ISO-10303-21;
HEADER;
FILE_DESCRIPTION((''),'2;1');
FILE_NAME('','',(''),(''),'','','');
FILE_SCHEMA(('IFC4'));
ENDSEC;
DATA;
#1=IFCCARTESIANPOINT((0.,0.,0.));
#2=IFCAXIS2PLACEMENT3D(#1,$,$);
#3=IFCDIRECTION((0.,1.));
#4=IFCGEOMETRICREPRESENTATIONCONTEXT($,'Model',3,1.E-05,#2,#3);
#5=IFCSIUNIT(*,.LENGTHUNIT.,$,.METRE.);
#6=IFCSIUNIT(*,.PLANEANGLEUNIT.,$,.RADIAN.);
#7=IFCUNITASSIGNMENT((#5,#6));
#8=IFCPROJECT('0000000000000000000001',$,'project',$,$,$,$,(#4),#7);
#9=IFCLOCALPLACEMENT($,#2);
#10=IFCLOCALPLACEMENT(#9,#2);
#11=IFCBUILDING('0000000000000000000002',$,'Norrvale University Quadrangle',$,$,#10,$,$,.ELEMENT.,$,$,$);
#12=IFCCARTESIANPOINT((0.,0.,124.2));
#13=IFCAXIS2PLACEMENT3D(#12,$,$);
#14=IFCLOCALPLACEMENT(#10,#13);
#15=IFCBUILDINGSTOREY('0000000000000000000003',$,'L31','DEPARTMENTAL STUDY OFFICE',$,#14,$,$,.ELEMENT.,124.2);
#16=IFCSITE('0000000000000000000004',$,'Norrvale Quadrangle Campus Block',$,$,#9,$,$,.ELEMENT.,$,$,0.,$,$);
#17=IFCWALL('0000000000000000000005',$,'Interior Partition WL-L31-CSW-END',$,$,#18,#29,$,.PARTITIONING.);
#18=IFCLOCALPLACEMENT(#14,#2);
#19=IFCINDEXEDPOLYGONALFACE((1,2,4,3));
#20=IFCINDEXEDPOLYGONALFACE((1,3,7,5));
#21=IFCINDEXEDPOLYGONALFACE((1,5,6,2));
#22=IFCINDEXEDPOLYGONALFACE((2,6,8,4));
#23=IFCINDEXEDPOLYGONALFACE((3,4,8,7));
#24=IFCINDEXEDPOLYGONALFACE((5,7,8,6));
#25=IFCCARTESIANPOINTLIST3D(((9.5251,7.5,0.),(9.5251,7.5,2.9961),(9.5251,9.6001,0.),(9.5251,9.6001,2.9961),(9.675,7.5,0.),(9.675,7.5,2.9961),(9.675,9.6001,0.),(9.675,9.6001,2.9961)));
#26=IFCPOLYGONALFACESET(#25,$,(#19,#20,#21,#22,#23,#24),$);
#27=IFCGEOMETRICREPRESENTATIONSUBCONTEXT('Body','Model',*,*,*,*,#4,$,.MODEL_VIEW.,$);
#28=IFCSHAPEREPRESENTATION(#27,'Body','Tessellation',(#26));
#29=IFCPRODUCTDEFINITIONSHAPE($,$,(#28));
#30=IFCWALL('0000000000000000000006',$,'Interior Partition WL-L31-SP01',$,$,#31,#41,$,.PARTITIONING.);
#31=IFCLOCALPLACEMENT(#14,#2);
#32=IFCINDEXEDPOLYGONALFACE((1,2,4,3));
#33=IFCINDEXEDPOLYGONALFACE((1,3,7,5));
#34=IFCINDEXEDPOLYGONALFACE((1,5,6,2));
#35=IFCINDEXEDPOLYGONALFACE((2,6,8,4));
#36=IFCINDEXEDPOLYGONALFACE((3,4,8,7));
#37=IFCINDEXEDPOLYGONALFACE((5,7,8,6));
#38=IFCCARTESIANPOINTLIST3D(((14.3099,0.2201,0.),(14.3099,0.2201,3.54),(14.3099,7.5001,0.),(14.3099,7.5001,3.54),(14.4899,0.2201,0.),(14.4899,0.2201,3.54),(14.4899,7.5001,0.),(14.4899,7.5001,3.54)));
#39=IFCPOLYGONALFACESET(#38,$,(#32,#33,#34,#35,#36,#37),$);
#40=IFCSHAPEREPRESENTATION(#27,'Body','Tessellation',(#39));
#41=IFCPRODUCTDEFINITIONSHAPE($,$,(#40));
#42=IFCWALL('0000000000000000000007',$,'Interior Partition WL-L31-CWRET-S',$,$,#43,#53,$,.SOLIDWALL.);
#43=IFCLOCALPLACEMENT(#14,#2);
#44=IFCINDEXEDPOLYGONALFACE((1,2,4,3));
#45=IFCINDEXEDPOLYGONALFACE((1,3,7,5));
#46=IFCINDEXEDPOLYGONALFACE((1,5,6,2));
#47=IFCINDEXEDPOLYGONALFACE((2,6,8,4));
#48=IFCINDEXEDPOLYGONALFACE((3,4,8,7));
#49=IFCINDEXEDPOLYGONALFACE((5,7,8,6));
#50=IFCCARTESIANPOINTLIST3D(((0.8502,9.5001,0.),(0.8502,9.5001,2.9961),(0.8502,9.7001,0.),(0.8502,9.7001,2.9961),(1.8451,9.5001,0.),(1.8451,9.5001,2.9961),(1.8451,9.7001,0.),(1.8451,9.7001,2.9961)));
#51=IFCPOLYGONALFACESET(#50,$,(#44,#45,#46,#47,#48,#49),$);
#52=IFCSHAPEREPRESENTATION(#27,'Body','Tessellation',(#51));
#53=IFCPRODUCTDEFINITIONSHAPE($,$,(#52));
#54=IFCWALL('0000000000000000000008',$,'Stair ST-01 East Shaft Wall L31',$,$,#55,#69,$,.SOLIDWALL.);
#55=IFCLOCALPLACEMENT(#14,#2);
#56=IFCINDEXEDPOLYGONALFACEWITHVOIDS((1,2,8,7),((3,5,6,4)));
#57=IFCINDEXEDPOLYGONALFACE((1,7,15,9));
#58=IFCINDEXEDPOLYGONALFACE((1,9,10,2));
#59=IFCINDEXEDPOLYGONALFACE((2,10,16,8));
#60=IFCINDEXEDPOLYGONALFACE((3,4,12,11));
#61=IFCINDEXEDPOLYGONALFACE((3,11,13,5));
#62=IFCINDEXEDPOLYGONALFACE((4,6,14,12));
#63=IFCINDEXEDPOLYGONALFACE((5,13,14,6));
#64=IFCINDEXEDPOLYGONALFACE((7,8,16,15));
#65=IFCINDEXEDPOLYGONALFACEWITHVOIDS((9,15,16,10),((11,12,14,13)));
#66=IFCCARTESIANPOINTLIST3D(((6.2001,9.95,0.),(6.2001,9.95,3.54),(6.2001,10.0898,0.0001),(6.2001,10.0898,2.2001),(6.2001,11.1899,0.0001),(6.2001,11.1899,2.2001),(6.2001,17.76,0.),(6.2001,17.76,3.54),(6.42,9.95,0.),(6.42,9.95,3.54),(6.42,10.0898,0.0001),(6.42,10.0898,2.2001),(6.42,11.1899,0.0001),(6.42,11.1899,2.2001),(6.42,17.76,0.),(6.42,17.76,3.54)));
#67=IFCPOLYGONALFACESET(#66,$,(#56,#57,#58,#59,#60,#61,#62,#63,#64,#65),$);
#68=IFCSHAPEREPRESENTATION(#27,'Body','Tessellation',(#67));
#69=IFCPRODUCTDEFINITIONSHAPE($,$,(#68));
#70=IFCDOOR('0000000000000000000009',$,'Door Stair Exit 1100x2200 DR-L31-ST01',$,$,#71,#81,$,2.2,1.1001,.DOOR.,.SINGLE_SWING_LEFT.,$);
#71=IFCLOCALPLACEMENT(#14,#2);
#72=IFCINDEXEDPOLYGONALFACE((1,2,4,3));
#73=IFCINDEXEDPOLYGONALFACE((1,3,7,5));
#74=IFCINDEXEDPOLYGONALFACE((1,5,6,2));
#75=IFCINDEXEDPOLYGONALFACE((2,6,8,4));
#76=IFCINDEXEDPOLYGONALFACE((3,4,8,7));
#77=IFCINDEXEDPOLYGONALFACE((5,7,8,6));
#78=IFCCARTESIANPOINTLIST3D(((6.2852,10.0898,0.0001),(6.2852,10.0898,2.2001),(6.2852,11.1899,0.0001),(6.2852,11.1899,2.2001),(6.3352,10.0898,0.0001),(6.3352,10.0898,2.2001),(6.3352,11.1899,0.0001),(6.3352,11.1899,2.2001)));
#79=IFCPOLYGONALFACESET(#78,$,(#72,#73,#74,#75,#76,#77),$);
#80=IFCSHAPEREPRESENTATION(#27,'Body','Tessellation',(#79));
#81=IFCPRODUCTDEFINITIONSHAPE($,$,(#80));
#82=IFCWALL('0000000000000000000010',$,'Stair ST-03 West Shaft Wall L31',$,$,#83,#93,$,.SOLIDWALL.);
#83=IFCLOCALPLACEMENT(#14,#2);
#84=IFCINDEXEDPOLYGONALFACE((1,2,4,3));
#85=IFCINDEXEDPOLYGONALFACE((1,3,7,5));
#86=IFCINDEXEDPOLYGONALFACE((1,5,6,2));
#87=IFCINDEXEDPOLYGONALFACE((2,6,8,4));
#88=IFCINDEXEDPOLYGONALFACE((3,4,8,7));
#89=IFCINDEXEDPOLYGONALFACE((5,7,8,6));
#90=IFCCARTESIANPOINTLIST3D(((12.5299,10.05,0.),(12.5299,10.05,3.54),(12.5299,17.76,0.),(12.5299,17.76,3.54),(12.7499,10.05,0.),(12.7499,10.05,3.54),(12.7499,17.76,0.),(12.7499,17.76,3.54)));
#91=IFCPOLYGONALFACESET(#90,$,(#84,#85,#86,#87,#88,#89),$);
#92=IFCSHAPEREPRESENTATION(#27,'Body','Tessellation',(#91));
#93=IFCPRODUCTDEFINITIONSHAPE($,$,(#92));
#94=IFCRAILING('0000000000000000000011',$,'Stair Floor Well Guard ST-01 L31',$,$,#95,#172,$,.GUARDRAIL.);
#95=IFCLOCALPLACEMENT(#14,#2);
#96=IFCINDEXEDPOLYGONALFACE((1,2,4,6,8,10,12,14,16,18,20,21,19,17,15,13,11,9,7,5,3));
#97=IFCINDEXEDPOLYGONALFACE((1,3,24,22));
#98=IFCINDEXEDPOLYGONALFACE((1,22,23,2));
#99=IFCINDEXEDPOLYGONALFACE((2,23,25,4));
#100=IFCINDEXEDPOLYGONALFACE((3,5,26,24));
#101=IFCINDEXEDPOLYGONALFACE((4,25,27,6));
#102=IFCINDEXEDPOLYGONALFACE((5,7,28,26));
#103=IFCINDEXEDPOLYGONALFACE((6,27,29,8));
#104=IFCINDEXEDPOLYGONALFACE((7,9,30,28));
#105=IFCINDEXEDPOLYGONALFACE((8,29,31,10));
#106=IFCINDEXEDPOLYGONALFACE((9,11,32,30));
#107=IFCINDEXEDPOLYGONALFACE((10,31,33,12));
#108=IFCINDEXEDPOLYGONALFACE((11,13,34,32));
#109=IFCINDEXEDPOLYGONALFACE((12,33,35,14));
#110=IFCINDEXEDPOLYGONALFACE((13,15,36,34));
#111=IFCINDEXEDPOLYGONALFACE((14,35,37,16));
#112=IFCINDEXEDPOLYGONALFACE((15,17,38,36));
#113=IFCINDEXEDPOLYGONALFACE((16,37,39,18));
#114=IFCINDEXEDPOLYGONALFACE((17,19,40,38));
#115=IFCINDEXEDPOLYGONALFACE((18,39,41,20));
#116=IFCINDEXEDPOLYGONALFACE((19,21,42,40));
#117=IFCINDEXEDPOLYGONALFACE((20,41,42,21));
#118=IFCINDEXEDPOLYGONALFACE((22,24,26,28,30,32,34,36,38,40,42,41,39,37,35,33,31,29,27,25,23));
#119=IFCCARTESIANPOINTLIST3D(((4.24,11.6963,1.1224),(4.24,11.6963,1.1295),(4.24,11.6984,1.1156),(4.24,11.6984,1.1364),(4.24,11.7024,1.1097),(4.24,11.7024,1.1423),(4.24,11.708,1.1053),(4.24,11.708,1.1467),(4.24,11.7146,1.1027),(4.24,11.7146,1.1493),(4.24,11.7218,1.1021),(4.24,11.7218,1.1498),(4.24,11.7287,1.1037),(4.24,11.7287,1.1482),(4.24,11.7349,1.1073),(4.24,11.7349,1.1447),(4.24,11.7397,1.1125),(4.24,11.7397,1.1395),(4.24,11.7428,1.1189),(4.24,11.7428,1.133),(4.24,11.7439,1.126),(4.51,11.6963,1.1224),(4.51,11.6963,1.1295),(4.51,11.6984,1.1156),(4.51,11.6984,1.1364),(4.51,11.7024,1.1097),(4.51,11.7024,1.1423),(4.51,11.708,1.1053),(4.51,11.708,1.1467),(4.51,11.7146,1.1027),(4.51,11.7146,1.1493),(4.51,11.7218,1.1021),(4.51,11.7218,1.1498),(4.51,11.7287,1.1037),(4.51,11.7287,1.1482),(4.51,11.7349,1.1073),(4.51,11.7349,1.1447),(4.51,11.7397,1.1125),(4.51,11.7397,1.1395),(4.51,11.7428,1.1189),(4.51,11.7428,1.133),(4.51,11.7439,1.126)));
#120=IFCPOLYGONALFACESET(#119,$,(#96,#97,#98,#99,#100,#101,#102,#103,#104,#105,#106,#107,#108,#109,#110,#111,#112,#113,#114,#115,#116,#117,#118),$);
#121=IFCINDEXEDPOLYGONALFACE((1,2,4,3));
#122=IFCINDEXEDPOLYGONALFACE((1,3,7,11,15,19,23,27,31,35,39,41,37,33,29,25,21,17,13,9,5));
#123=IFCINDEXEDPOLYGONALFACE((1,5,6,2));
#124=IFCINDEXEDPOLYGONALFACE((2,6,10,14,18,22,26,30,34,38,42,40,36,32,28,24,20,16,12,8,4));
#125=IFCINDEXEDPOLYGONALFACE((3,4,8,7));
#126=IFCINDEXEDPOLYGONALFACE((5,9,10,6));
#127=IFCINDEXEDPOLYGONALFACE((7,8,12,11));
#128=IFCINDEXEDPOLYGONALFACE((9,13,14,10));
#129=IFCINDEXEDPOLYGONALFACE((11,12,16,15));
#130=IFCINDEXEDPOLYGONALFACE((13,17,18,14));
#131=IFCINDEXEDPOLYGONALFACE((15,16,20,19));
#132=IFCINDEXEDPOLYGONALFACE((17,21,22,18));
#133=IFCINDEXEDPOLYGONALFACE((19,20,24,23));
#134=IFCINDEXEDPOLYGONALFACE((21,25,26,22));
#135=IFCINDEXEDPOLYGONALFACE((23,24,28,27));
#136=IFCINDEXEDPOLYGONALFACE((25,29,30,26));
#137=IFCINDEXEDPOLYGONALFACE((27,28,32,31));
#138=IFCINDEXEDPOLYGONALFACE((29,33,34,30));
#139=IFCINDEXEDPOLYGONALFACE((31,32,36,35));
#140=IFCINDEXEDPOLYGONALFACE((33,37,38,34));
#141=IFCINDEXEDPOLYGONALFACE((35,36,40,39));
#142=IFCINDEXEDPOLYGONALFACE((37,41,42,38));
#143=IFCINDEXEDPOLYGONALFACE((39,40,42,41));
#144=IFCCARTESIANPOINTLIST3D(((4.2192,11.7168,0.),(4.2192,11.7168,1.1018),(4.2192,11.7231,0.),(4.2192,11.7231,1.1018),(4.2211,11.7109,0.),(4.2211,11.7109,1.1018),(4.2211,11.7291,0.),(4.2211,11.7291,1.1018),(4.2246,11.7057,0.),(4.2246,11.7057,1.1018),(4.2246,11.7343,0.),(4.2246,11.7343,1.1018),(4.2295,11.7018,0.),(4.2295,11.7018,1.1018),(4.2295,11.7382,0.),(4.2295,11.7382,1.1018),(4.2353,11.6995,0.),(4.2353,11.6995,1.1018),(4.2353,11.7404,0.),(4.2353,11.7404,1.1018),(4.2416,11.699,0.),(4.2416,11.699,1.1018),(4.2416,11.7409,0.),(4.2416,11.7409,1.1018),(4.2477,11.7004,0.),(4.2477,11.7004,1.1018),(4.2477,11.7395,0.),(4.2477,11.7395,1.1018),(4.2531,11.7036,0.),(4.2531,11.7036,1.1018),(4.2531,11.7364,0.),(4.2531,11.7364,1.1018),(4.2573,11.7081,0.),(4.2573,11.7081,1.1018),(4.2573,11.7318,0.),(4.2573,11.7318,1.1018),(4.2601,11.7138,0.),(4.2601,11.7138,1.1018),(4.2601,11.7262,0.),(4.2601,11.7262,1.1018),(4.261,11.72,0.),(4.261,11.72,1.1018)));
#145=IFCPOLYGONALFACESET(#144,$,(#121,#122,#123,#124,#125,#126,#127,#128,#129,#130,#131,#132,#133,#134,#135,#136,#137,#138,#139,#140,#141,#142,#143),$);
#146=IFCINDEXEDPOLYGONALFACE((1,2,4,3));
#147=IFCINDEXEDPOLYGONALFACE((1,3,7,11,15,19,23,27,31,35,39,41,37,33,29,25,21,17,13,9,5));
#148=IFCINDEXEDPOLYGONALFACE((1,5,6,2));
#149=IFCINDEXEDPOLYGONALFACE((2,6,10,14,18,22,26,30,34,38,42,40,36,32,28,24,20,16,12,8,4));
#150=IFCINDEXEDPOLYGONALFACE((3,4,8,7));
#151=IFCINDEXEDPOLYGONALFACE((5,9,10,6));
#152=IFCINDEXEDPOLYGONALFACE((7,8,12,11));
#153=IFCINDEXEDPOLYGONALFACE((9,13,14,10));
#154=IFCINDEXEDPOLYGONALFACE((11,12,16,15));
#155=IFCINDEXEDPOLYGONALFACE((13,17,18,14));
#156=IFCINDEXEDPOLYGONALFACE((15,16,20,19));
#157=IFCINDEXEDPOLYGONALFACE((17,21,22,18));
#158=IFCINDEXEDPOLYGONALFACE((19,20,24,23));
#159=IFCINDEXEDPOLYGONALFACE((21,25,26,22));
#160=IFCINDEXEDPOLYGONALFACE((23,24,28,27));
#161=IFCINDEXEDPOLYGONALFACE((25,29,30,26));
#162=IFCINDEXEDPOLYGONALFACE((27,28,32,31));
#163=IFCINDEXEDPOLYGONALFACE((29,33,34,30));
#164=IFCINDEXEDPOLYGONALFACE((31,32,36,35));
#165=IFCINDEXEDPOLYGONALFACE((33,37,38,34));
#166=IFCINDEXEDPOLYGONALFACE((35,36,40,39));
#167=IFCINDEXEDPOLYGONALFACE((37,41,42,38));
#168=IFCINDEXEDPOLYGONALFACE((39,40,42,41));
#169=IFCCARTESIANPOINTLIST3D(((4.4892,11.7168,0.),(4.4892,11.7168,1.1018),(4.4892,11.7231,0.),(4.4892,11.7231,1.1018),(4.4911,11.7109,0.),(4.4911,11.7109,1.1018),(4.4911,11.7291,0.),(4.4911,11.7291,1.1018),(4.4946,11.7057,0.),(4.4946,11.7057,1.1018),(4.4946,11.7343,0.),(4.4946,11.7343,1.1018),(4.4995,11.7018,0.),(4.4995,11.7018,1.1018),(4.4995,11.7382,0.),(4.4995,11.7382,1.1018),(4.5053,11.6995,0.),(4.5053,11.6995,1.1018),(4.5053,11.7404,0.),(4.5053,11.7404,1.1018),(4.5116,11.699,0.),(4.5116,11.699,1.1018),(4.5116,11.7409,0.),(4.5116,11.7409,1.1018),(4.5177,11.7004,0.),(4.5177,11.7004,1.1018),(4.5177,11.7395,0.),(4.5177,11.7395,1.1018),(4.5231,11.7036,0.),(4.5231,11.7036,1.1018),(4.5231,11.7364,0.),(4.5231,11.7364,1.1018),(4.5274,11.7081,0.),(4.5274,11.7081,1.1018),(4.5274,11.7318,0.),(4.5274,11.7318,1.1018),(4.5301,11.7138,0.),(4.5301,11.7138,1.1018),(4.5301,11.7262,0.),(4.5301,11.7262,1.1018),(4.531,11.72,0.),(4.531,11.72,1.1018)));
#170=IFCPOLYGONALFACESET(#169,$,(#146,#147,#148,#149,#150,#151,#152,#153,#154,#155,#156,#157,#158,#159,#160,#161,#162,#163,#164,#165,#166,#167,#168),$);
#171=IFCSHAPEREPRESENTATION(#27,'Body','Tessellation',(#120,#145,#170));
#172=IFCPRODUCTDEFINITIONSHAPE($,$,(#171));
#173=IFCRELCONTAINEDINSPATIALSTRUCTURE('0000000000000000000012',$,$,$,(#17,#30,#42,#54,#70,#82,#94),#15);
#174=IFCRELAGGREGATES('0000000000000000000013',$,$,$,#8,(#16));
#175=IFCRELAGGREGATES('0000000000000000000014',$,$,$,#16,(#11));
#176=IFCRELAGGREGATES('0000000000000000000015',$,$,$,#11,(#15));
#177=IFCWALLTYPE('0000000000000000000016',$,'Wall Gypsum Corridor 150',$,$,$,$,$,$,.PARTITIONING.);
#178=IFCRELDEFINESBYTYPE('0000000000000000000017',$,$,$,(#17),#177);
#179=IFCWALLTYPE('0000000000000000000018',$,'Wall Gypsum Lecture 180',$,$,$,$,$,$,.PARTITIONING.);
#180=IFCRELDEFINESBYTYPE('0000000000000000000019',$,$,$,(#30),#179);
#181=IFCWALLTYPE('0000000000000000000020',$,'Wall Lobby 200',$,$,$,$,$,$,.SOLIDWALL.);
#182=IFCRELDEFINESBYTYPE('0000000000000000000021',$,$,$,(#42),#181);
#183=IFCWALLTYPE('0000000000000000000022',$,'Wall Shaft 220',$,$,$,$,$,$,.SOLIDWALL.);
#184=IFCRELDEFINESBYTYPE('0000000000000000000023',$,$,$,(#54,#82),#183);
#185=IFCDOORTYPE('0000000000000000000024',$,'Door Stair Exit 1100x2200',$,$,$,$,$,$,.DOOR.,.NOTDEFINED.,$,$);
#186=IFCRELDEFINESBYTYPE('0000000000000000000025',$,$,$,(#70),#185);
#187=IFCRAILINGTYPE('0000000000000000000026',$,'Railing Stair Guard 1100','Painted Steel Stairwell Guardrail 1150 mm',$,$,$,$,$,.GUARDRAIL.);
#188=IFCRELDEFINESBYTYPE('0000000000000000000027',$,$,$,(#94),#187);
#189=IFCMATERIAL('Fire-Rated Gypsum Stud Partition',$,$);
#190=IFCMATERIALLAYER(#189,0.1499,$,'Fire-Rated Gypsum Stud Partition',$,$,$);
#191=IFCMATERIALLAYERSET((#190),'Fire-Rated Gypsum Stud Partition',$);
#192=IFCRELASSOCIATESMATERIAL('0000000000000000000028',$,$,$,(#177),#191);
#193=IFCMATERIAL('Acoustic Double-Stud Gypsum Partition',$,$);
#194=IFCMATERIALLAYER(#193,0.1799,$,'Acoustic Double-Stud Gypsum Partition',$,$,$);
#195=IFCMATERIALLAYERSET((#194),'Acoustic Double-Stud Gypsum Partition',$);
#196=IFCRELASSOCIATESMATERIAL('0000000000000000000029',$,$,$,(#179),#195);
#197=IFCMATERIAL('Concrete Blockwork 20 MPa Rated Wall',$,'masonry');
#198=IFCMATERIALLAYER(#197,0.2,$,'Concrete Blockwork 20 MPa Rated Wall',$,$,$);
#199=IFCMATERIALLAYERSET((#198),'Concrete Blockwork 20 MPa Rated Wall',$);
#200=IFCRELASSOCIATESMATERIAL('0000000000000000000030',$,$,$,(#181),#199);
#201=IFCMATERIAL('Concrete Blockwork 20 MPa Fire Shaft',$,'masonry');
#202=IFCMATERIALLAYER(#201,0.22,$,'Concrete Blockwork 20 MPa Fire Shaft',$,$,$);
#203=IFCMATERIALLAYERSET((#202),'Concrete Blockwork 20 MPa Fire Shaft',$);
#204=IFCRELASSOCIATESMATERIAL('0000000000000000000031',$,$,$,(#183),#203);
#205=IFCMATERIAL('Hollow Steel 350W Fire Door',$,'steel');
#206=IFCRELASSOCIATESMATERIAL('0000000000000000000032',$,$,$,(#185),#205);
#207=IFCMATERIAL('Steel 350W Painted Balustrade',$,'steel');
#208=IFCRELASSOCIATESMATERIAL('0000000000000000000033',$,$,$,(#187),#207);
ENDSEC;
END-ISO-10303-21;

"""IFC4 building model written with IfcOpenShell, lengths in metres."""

from ifc_helpers import new_model, si_unit, direction, frame, frame_2d, origin, origin_2d, place, context, subcontext, project, spatial, rectangle, circle, extrude, material, layer, layer_set, type_object, element, fill, save


model = new_model("IFC4")

# Units and contexts
model_context = context("Model", 3, precision=1e-05, world=origin(), true_north=direction((0.0, 1.0)))
body_context = subcontext(model_context, "Body", "Model", "MODEL_VIEW")
ifc_project = project(units=[si_unit("LENGTHUNIT", "METRE"), si_unit("PLANEANGLEUNIT", "RADIAN")], contexts=[model_context])

# Site, building, storey
site_placement = place(None, origin())
site = spatial("IfcSite", under=ifc_project, at=site_placement, Name="Norrvale Quadrangle Campus Block", CompositionType="ELEMENT", RefElevation=0.0)
building_placement = place(site_placement, origin())
building = spatial("IfcBuilding", under=site, at=building_placement, Name="Norrvale University Quadrangle", CompositionType="ELEMENT")
storey_placement = place(building_placement, frame((0.0, 0.0, 124.2)))
storey = spatial("IfcBuildingStorey", under=building, at=storey_placement, Name="L31", Description="DEPARTMENTAL STUDY OFFICE", CompositionType="ELEMENT", Elevation=124.2)

# Walls
ifc_material_1 = material(Name="Fire-Rated Gypsum Stud Partition")
ifc_layer_1 = layer(ifc_material_1, 0.1499, Name="Fire-Rated Gypsum Stud Partition")
ifc_layer_set_1 = layer_set([ifc_layer_1], Name="Fire-Rated Gypsum Stud Partition")
wall_type_1 = type_object("IfcWallType", Name="Wall Gypsum Corridor 150", PredefinedType="PARTITIONING", material=ifc_layer_set_1)
wall_1_placement = place(storey_placement, frame((9.6001, 7.5, 0.0), z_axis=(0.0, 0.0, 1.0), x_axis=(0.0, 1.0, 0.0)))
element("IfcWall", 1, at=wall_1_placement, inside=storey, type_object=wall_type_1, Name="Interior Partition WL-L31-CSW-END", PredefinedType="PARTITIONING", context=body_context, shape_type="SweptSolid", body=[
    extrude(rectangle(XDim=2.1001, YDim=0.1499, at=frame_2d((1.05, 0.0))), origin(), (0.0, 0.0, 1.0), 2.9961),
])
ifc_material_2 = material(Name="Acoustic Double-Stud Gypsum Partition")
ifc_layer_2 = layer(ifc_material_2, 0.1799, Name="Acoustic Double-Stud Gypsum Partition")
ifc_layer_set_2 = layer_set([ifc_layer_2], Name="Acoustic Double-Stud Gypsum Partition")
wall_type_2 = type_object("IfcWallType", Name="Wall Gypsum Lecture 180", PredefinedType="PARTITIONING", material=ifc_layer_set_2)
wall_2_placement = place(storey_placement, frame((14.3999, 0.22, 0.0), z_axis=(0.0, 0.0, 1.0), x_axis=(0.0, 1.0, 0.0)))
element("IfcWall", 2, at=wall_2_placement, inside=storey, type_object=wall_type_2, Name="Interior Partition WL-L31-SP01", PredefinedType="PARTITIONING", context=body_context, shape_type="SweptSolid", body=[
    extrude(rectangle(XDim=7.28, YDim=0.1799, at=frame_2d((3.6401, 0.0))), origin(), (0.0, 0.0, 1.0), 3.54),
])
ifc_material_3 = material(Name="Concrete Blockwork 20 MPa Rated Wall", Category="masonry")
ifc_layer_3 = layer(ifc_material_3, 0.2, Name="Concrete Blockwork 20 MPa Rated Wall")
ifc_layer_set_3 = layer_set([ifc_layer_3], Name="Concrete Blockwork 20 MPa Rated Wall")
wall_type_3 = type_object("IfcWallType", Name="Wall Lobby 200", PredefinedType="SOLIDWALL", material=ifc_layer_set_3)
wall_3_placement = place(storey_placement, frame((0.8501, 9.6001, 0.0), z_axis=(0.0, 0.0, 1.0), x_axis=(1.0, 0.0, 0.0)))
element("IfcWall", 3, at=wall_3_placement, inside=storey, type_object=wall_type_3, Name="Interior Partition WL-L31-CWRET-S", PredefinedType="SOLIDWALL", context=body_context, shape_type="SweptSolid", body=[
    extrude(rectangle(XDim=0.9949, YDim=0.2, at=frame_2d((0.4976, 0.0))), origin(), (0.0, 0.0, 1.0), 2.9961),
])

# Wall, opening, door
ifc_material_4 = material(Name="Concrete Blockwork 20 MPa Fire Shaft", Category="masonry")
ifc_layer_4 = layer(ifc_material_4, 0.22, Name="Concrete Blockwork 20 MPa Fire Shaft")
ifc_layer_set_4 = layer_set([ifc_layer_4], Name="Concrete Blockwork 20 MPa Fire Shaft")
wall_type_4 = type_object("IfcWallType", Name="Wall Shaft 220", PredefinedType="SOLIDWALL", material=ifc_layer_set_4)
wall_4_placement = place(storey_placement, frame((6.3101, 9.95, 0.0), z_axis=(0.0, 0.0, 1.0), x_axis=(0.0, 1.0, 0.0)))
wall_4 = element("IfcWall", 4, at=wall_4_placement, inside=storey, type_object=wall_type_4, Name="Stair ST-01 East Shaft Wall L31", PredefinedType="SOLIDWALL", context=body_context, shape_type="SweptSolid", body=[
    extrude(rectangle(XDim=7.8101, YDim=0.22, at=frame_2d((3.905, 0.0))), origin(), (0.0, 0.0, 1.0), 3.54),
])
opening_1_placement = place(wall_4_placement, frame((0.1399, 0.0, 0.0)))
opening_1 = element("IfcOpeningElement", 5, at=opening_1_placement, cuts=wall_4, PredefinedType="OPENING", context=body_context, shape_type="SweptSolid", body=[
    extrude(rectangle(XDim=1.1001, YDim=2.2, at=frame_2d((0.55, 1.1001))), frame((0.0, 0.1221, 0.0), z_axis=(0.0, -1.0, 0.0), x_axis=(1.0, 0.0, 0.0)), (0.0, 0.0, 1.0), 0.2439),
])
ifc_material_5 = material(Name="Hollow Steel 350W Fire Door", Category="steel")
door_type = type_object("IfcDoorType", Name="Door Stair Exit 1100x2200", OperationType="NOTDEFINED", PredefinedType="DOOR", material=ifc_material_5)
door_placement = place(opening_1_placement, origin())
door = element("IfcDoor", 6, at=door_placement, inside=storey, type_object=door_type, Name="Door Stair Exit 1100x2200 DR-L31-ST01", OperationType="SINGLE_SWING_LEFT", OverallHeight=2.2, OverallWidth=1.1001, PredefinedType="DOOR", context=body_context, shape_type="SweptSolid", body=[
    extrude(rectangle(XDim=1.1001, YDim=2.2, at=frame_2d((0.55, 1.1001))), frame((0.0, 0.0249, 0.0), z_axis=(0.0, -1.0, 0.0), x_axis=(1.0, 0.0, 0.0)), (0.0, 0.0, 1.0), 0.05),
])
fill(opening_1, door)

# Wall
wall_5_placement = place(storey_placement, frame((12.6399, 10.05, 0.0), z_axis=(0.0, 0.0, 1.0), x_axis=(0.0, 1.0, 0.0)))
element("IfcWall", 7, at=wall_5_placement, inside=storey, type_object=wall_type_4, Name="Stair ST-03 West Shaft Wall L31", PredefinedType="SOLIDWALL", context=body_context, shape_type="SweptSolid", body=[
    extrude(rectangle(XDim=7.71, YDim=0.22, at=frame_2d((3.855, 0.0))), origin(), (0.0, 0.0, 1.0), 3.54),
])

# Railing
ifc_material_6 = material(Name="Steel 350W Painted Balustrade", Category="steel")
railing_type_1 = type_object("IfcRailingType", Name="Railing Stair Guard 1100", Description="Painted Steel Stairwell Guardrail 1150 mm", PredefinedType="GUARDRAIL", material=ifc_material_6)
for number, where, name in (
    (8, (4.24, 11.72, 0.0), "Stair Floor Well Guard ST-01 L31"),
):
    element("IfcRailing", number, at=place(storey_placement, frame(where)), inside=storey, type_object=railing_type_1, Name=name, PredefinedType="GUARDRAIL", context=body_context, shape_type="SweptSolid", body=[
        extrude(circle(Radius=0.0239, at=origin_2d()), frame((0.0, 0.0, 1.126), z_axis=(1.0, 0.0, 0.0), x_axis=(0.0, 1.0, 0.0)), (0.0, 0.0, 1.0), 0.27),
        extrude(circle(Radius=0.021, at=origin_2d()), origin(), (0.0, 0.0, 1.0), 1.1018),
        extrude(circle(Radius=0.021, at=origin_2d()), frame((0.27, 0.0, 0.0)), (0.0, 0.0, 1.0), 1.1018),
    ])

save(model, "model.ifc")
